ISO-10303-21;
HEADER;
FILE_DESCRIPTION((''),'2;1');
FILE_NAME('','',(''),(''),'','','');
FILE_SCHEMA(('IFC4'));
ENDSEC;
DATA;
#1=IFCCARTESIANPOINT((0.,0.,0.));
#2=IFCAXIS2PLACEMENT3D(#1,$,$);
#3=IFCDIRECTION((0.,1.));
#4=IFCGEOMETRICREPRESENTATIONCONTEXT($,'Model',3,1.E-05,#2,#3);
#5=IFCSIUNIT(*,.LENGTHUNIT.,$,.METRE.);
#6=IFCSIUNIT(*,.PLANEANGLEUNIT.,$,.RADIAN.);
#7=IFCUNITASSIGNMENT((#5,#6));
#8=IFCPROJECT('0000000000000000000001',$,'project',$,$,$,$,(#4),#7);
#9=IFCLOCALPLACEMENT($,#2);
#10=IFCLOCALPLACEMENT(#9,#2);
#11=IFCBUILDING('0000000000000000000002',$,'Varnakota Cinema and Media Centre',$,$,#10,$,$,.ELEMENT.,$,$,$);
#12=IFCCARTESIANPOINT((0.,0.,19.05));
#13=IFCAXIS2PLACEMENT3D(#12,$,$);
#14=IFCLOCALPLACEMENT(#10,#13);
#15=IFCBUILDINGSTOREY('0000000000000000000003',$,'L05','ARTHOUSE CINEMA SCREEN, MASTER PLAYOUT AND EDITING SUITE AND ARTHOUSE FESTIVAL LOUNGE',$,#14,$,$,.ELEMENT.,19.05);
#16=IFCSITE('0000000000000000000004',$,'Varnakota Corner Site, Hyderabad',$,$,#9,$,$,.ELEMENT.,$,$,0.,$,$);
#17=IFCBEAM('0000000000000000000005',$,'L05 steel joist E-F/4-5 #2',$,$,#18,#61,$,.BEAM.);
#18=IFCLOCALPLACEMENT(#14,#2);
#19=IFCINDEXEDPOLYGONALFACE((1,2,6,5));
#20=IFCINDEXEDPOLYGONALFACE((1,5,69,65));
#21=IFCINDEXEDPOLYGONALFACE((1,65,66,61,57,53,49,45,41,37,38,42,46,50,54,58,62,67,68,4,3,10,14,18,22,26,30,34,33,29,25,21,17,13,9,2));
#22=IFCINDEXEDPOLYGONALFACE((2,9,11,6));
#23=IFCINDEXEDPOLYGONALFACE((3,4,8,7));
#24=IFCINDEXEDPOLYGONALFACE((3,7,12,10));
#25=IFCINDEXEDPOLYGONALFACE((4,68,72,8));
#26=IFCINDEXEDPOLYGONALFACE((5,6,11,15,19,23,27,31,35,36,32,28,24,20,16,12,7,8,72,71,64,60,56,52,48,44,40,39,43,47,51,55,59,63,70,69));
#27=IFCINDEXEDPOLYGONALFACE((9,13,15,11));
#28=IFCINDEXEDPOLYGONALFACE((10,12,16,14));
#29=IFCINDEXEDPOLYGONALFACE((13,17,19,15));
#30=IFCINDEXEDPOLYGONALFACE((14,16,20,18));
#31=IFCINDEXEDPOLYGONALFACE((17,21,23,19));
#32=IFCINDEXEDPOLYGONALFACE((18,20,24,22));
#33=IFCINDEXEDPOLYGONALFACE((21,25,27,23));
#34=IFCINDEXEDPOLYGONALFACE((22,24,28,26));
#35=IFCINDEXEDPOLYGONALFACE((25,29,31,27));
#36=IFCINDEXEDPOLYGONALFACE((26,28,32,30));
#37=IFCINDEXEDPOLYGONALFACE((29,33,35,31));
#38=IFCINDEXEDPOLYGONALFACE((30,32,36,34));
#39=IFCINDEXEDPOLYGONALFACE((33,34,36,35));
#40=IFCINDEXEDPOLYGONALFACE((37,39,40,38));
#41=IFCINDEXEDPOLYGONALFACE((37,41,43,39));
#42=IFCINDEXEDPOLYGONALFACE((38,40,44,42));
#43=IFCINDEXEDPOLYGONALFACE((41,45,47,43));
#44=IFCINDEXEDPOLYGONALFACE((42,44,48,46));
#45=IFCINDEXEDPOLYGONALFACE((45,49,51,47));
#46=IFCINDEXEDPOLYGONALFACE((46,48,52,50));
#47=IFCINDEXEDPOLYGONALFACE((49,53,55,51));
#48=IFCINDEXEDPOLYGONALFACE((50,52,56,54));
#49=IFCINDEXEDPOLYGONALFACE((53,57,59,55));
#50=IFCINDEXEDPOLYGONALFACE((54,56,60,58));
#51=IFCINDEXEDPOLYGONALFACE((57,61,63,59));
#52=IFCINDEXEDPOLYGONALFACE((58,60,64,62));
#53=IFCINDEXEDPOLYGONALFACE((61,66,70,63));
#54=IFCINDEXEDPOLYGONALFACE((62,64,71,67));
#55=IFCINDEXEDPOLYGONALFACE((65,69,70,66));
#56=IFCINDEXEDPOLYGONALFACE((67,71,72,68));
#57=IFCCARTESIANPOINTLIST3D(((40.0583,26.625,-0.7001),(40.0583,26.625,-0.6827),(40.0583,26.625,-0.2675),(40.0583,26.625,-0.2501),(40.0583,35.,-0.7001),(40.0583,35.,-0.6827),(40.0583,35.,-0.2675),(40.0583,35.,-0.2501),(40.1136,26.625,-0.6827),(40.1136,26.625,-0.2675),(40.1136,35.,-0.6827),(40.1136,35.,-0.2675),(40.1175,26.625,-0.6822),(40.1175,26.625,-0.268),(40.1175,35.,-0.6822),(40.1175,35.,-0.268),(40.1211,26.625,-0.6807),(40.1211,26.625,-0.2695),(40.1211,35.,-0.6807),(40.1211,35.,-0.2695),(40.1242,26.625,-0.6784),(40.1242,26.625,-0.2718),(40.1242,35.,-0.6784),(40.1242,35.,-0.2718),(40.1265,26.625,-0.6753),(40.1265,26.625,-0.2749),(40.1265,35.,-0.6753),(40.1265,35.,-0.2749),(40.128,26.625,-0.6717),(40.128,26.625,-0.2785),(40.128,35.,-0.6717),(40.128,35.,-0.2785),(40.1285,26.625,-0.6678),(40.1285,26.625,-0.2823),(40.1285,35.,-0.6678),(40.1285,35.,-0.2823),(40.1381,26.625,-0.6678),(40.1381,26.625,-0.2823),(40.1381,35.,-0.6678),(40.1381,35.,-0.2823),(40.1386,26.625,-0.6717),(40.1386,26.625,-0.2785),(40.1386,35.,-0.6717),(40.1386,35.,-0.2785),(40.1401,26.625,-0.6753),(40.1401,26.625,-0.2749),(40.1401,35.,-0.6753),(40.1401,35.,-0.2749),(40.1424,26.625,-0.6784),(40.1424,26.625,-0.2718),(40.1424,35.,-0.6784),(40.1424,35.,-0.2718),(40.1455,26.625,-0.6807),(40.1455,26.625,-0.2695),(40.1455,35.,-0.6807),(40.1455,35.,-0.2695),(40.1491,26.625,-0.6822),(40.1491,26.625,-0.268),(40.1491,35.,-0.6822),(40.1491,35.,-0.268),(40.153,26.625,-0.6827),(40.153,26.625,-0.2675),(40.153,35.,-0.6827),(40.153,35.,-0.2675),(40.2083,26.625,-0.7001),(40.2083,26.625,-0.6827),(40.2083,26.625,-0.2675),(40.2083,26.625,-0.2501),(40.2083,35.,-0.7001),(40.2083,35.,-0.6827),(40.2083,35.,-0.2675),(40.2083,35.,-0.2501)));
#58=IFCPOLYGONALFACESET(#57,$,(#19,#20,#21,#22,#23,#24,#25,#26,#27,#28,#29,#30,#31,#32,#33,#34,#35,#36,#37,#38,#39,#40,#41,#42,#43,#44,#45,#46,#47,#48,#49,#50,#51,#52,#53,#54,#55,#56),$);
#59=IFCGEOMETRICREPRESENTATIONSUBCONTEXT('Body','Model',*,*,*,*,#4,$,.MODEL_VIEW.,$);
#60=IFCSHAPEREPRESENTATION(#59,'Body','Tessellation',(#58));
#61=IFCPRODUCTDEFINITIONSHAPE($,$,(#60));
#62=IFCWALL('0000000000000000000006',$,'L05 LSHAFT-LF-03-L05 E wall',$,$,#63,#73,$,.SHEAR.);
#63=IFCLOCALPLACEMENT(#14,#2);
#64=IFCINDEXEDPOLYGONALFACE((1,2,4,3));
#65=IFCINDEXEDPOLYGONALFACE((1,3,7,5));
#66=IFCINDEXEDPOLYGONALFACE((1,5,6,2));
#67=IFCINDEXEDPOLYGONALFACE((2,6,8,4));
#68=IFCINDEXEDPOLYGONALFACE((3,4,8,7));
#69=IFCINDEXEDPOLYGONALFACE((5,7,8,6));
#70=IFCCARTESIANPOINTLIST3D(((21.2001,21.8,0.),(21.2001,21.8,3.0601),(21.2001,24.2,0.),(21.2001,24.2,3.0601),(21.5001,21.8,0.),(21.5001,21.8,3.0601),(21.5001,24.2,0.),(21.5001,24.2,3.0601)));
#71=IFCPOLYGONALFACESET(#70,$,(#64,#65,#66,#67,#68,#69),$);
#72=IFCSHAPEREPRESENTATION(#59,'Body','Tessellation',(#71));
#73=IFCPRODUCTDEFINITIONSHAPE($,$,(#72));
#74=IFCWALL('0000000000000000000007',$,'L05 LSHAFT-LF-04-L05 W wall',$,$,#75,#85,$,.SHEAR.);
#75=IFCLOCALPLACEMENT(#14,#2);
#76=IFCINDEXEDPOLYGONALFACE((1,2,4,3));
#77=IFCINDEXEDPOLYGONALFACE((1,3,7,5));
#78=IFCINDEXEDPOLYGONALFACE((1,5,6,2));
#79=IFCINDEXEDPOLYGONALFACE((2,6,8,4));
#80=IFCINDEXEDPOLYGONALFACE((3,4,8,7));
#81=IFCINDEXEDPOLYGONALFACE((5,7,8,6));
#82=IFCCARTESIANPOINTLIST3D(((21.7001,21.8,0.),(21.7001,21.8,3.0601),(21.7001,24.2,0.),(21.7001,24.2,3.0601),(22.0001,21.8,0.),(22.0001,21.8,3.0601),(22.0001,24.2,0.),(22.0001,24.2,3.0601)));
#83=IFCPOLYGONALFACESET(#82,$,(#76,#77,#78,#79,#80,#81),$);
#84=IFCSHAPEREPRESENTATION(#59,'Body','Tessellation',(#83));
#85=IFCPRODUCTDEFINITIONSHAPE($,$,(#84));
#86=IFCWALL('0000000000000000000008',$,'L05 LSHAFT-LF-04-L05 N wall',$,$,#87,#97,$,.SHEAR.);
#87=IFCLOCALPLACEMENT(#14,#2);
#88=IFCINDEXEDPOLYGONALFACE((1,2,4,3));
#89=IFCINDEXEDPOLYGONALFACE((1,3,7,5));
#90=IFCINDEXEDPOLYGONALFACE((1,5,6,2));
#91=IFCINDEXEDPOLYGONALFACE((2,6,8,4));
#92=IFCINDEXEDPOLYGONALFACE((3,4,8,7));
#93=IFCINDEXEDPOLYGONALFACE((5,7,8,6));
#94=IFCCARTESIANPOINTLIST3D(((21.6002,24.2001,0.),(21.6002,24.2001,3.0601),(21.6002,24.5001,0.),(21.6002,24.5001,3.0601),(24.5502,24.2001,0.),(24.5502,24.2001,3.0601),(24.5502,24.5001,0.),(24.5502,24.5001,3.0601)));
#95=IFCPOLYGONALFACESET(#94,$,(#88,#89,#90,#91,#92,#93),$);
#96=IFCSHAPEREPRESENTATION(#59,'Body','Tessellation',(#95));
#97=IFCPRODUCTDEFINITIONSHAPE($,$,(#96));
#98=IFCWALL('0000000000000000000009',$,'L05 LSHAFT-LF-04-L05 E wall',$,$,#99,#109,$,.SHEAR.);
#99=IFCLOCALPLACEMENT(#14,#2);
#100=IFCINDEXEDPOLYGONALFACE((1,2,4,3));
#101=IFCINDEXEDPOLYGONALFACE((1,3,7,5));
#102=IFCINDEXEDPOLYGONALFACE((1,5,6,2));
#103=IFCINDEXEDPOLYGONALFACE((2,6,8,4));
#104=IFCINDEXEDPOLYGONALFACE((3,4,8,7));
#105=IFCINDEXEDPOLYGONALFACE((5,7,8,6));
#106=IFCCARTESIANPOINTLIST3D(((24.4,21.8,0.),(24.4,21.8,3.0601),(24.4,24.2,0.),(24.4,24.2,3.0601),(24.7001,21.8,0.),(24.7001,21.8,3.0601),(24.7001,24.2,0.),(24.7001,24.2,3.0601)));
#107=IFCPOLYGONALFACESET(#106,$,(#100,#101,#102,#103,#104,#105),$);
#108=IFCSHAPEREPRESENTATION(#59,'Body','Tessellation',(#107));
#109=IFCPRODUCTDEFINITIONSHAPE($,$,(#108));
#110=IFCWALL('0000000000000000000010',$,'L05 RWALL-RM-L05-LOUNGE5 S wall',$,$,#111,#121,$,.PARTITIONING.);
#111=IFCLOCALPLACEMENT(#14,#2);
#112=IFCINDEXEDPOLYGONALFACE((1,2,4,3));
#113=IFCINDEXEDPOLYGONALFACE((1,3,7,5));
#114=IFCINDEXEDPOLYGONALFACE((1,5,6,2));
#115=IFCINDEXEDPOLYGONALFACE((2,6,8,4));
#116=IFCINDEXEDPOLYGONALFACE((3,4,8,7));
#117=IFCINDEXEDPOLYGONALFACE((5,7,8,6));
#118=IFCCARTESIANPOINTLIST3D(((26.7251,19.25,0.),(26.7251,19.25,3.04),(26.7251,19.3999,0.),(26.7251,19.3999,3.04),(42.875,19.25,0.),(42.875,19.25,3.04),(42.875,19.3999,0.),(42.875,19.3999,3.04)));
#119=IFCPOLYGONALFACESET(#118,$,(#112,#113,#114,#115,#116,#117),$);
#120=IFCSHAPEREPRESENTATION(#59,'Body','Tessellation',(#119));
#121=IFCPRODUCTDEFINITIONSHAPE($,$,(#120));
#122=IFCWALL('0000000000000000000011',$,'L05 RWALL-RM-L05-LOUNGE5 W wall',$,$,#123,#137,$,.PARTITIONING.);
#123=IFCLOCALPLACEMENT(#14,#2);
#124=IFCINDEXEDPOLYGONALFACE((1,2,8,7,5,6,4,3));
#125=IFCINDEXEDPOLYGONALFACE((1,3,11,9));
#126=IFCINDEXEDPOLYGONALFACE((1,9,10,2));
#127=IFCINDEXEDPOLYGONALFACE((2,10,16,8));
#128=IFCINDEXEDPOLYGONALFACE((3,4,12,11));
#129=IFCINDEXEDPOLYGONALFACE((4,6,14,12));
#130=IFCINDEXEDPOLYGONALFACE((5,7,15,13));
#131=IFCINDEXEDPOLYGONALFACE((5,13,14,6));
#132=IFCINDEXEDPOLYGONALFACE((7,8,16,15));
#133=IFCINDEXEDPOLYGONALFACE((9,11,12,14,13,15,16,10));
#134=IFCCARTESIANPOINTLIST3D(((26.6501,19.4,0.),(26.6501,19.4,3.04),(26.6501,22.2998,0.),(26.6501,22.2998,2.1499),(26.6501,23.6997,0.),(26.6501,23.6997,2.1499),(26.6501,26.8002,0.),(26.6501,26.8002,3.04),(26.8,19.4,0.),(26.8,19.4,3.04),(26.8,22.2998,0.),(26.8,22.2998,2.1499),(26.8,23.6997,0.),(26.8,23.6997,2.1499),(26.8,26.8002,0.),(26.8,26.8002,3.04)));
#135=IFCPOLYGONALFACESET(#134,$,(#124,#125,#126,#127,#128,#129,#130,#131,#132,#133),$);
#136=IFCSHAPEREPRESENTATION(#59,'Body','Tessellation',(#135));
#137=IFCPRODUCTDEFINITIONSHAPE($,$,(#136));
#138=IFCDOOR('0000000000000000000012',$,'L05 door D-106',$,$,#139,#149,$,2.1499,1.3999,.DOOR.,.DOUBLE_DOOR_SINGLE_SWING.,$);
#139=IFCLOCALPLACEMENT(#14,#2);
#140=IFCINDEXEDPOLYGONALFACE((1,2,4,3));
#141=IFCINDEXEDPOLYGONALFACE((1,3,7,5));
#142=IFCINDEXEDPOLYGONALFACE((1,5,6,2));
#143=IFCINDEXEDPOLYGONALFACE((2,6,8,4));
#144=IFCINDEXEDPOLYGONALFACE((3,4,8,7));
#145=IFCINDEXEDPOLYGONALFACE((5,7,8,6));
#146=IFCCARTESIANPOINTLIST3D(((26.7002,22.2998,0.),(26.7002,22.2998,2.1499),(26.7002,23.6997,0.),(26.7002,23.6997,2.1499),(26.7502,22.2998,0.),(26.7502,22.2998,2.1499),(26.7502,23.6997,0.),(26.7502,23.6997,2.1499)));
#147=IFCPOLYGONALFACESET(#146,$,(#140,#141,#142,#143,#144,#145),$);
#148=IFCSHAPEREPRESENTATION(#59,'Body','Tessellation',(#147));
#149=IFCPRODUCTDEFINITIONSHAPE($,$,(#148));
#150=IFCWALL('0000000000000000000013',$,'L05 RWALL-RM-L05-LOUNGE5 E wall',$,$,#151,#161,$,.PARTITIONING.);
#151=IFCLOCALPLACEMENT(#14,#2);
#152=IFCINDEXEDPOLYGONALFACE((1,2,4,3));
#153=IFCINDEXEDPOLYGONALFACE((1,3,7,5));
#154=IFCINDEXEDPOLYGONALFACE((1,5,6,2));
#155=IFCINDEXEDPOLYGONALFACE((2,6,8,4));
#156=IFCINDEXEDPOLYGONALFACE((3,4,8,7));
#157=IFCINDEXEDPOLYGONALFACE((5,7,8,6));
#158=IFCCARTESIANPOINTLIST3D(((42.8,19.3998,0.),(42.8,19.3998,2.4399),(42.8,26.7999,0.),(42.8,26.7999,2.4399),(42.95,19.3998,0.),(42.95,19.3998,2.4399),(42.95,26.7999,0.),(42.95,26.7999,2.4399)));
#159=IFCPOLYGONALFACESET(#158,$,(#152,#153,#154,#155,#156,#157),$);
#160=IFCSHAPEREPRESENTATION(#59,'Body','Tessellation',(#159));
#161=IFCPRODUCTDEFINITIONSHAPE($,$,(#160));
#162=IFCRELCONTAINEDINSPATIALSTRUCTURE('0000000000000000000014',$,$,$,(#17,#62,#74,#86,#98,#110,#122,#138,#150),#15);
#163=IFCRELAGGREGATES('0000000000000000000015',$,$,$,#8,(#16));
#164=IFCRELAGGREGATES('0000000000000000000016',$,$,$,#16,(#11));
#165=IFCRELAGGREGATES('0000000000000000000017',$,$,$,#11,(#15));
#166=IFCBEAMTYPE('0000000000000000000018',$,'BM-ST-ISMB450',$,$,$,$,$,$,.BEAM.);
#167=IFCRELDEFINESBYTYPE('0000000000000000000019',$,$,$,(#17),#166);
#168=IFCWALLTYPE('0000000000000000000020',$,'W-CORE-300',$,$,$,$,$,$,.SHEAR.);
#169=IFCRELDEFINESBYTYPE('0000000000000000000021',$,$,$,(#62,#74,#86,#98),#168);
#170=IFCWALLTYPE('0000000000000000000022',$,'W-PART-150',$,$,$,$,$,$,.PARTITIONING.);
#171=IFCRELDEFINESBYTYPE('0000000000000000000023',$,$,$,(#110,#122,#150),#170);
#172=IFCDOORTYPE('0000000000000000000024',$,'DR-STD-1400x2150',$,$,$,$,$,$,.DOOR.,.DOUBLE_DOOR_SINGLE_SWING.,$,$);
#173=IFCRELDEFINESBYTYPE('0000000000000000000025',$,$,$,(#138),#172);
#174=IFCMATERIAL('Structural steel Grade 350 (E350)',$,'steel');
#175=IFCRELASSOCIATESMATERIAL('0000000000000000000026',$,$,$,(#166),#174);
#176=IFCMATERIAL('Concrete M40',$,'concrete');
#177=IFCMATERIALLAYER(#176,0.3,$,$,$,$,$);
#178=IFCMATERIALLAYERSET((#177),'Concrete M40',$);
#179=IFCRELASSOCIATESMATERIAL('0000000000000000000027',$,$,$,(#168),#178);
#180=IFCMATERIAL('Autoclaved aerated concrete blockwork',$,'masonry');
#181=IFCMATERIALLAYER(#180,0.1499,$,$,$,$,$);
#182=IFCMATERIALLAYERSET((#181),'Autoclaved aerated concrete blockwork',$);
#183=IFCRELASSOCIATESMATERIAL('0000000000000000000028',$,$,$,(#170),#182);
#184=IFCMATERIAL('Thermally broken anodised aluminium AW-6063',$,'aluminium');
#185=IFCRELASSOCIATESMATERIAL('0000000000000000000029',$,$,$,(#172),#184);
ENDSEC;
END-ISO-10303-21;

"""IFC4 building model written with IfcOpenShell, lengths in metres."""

from ifc_helpers import new_model, si_unit, direction, frame, frame_2d, origin, origin_2d, place, context, subcontext, project, spatial, rectangle, i_section, extrude, material, layer, layer_set, material_profile, profile_set, type_object, element, fill, save


model = new_model("IFC4")

# Units and contexts
model_context = context("Model", 3, precision=1e-05, world=origin(), true_north=direction((0.0, 1.0)))
body_context = subcontext(model_context, "Body", "Model", "MODEL_VIEW")
ifc_project = project(units=[si_unit("LENGTHUNIT", "METRE"), si_unit("PLANEANGLEUNIT", "RADIAN")], contexts=[model_context])

# Site, building, storey
site_placement = place(None, origin())
site = spatial("IfcSite", under=ifc_project, at=site_placement, Name="Varnakota Corner Site, Hyderabad", CompositionType="ELEMENT", RefElevation=0.0)
building_placement = place(site_placement, origin())
building = spatial("IfcBuilding", under=site, at=building_placement, Name="Varnakota Cinema and Media Centre", CompositionType="ELEMENT")
storey_placement = place(building_placement, frame((0.0, 0.0, 19.05)))
storey = spatial("IfcBuildingStorey", under=building, at=storey_placement, Name="L05", Description="ARTHOUSE CINEMA SCREEN, MASTER PLAYOUT AND EDITING SUITE AND ARTHOUSE FESTIVAL LOUNGE", CompositionType="ELEMENT", Elevation=19.05)

# Beam
ifc_material_1 = material(Name="Structural steel Grade 350 (E350)", Category="steel")
ifc_material_profile_1 = material_profile(ifc_material_1, i_section(OverallWidth=0.1499, OverallDepth=0.45, WebThickness=0.0095, FlangeThickness=0.0173, FilletRadius=0.0149, at=origin_2d()), Name="ISMB 450")
ifc_profile_set_1 = profile_set([ifc_material_profile_1], Name="Structural steel Grade 350 (E350)")
beam_type_1 = type_object("IfcBeamType", Name="BM-ST-ISMB450", PredefinedType="BEAM", material=ifc_profile_set_1)
for number, where, z_axis, x_axis, name in (
    (1, (40.1333, 26.625, -0.4751), (0.0, 1.0, 0.0), (-1.0, 0.0, 0.0), "L05 steel joist E-F/4-5 #2"),
):
    element("IfcBeam", number, at=place(storey_placement, frame(where, z_axis=z_axis, x_axis=x_axis)), inside=storey, type_object=beam_type_1, Name=name, PredefinedType="BEAM", context=body_context, shape_type="SweptSolid", body=[
        extrude(i_section(OverallWidth=0.1499, OverallDepth=0.45, WebThickness=0.0095, FlangeThickness=0.0173, FilletRadius=0.0149, at=origin_2d()), origin(), (0.0, 0.0, 1.0), 8.375),
    ])

# Shared definitions
ifc_material_2 = material(Name="Concrete M40", Category="concrete")
ifc_layer_1 = layer(ifc_material_2, 0.3)
ifc_layer_set_1 = layer_set([ifc_layer_1], Name="Concrete M40")
wall_type_1 = type_object("IfcWallType", Name="W-CORE-300", PredefinedType="SHEAR", material=ifc_layer_set_1)

# Wall
wall_1_placement = place(storey_placement, frame((21.3501, 24.2, 0.0), z_axis=(0.0, 0.0, 1.0), x_axis=(0.0, -1.0, 0.0)))
element("IfcWall", 2, at=wall_1_placement, inside=storey, type_object=wall_type_1, Name="L05 LSHAFT-LF-03-L05 E wall", PredefinedType="SHEAR", context=body_context, shape_type="SweptSolid", body=[
    extrude(rectangle(XDim=2.3999, YDim=0.3, at=frame_2d((1.2, 0.0))), origin(), (0.0, 0.0, 1.0), 3.0601),
])

# Walls
wall_2_placement = place(storey_placement, frame((21.8501, 21.8, 0.0), z_axis=(0.0, 0.0, 1.0), x_axis=(0.0, 1.0, 0.0)))
element("IfcWall", 3, at=wall_2_placement, inside=storey, type_object=wall_type_1, Name="L05 LSHAFT-LF-04-L05 W wall", PredefinedType="SHEAR", context=body_context, shape_type="SweptSolid", body=[
    extrude(rectangle(XDim=2.3999, YDim=0.3, at=frame_2d((1.2, 0.0))), origin(), (0.0, 0.0, 1.0), 3.0601),
])
wall_3_placement = place(storey_placement, frame((21.6001, 24.3501, 0.0), z_axis=(0.0, 0.0, 1.0), x_axis=(1.0, 0.0, 0.0)))
element("IfcWall", 4, at=wall_3_placement, inside=storey, type_object=wall_type_1, Name="L05 LSHAFT-LF-04-L05 N wall", PredefinedType="SHEAR", context=body_context, shape_type="SweptSolid", body=[
    extrude(rectangle(XDim=2.95, YDim=0.3, at=frame_2d((1.4751, 0.0))), origin(), (0.0, 0.0, 1.0), 3.0601),
])
wall_4_placement = place(storey_placement, frame((24.55, 24.2, 0.0), z_axis=(0.0, 0.0, 1.0), x_axis=(0.0, -1.0, 0.0)))
element("IfcWall", 5, at=wall_4_placement, inside=storey, type_object=wall_type_1, Name="L05 LSHAFT-LF-04-L05 E wall", PredefinedType="SHEAR", context=body_context, shape_type="SweptSolid", body=[
    extrude(rectangle(XDim=2.3999, YDim=0.3, at=frame_2d((1.2, 0.0))), origin(), (0.0, 0.0, 1.0), 3.0601),
])
ifc_material_3 = material(Name="Autoclaved aerated concrete blockwork", Category="masonry")
ifc_layer_2 = layer(ifc_material_3, 0.1499)
ifc_layer_set_2 = layer_set([ifc_layer_2], Name="Autoclaved aerated concrete blockwork")
wall_type_2 = type_object("IfcWallType", Name="W-PART-150", PredefinedType="PARTITIONING", material=ifc_layer_set_2)
wall_5_placement = place(storey_placement, frame((42.875, 19.325, 0.0), z_axis=(0.0, 0.0, 1.0), x_axis=(-1.0, 0.0, 0.0)))
element("IfcWall", 6, at=wall_5_placement, inside=storey, type_object=wall_type_2, Name="L05 RWALL-RM-L05-LOUNGE5 S wall", PredefinedType="PARTITIONING", context=body_context, shape_type="SweptSolid", body=[
    extrude(rectangle(XDim=16.1499, YDim=0.1499, at=frame_2d((8.075, 0.0))), origin(), (0.0, 0.0, 1.0), 3.04),
])

# Wall, opening, door
wall_6_placement = place(storey_placement, frame((26.7251, 19.3999, 0.0), z_axis=(0.0, 0.0, 1.0), x_axis=(0.0, 1.0, 0.0)))
wall_6 = element("IfcWall", 7, at=wall_6_placement, inside=storey, type_object=wall_type_2, Name="L05 RWALL-RM-L05-LOUNGE5 W wall", PredefinedType="PARTITIONING", context=body_context, shape_type="SweptSolid", body=[
    extrude(rectangle(XDim=7.4001, YDim=0.1499, at=frame_2d((3.7002, 0.0))), origin(), (0.0, 0.0, 1.0), 3.04),
])
opening_1_placement = place(wall_6_placement, frame((2.8999, 0.0, 0.0)))
opening_1 = element("IfcOpeningElement", 8, at=opening_1_placement, cuts=wall_6, PredefinedType="OPENING", context=body_context, shape_type="SweptSolid", body=[
    extrude(rectangle(XDim=1.3999, YDim=2.1499, at=frame_2d((0.7, 1.075))), frame((0.0, 0.075, 0.0), z_axis=(0.0, -1.0, 0.0), x_axis=(1.0, 0.0, 0.0)), (0.0, 0.0, 1.0), 0.1499),
])
ifc_material_4 = material(Name="Thermally broken anodised aluminium AW-6063", Category="aluminium")
door_type_1 = type_object("IfcDoorType", Name="DR-STD-1400x2150", OperationType="DOUBLE_DOOR_SINGLE_SWING", PredefinedType="DOOR", material=ifc_material_4)
door_1_placement = place(opening_1_placement, origin())
door_1 = element("IfcDoor", 9, at=door_1_placement, inside=storey, type_object=door_type_1, Name="L05 door D-106", OperationType="DOUBLE_DOOR_SINGLE_SWING", OverallHeight=2.1499, OverallWidth=1.3999, PredefinedType="DOOR", context=body_context, shape_type="SweptSolid", body=[
    extrude(rectangle(XDim=1.3999, YDim=2.1499, at=frame_2d((0.7, 1.075))), frame((0.0, 0.0249, 0.0), z_axis=(0.0, -1.0, 0.0), x_axis=(1.0, 0.0, 0.0)), (0.0, 0.0, 1.0), 0.05),
])
fill(opening_1, door_1)

# Wall
wall_7_placement = place(storey_placement, frame((42.875, 26.8, 0.0), z_axis=(0.0, 0.0, 1.0), x_axis=(0.0, -1.0, 0.0)))
element("IfcWall", 10, at=wall_7_placement, inside=storey, type_object=wall_type_2, Name="L05 RWALL-RM-L05-LOUNGE5 E wall", PredefinedType="PARTITIONING", context=body_context, shape_type="SweptSolid", body=[
    extrude(rectangle(XDim=7.4001, YDim=0.1499, at=frame_2d((3.7002, 0.0))), origin(), (0.0, 0.0, 1.0), 2.4399),
])

save(model, "model.ifc")
